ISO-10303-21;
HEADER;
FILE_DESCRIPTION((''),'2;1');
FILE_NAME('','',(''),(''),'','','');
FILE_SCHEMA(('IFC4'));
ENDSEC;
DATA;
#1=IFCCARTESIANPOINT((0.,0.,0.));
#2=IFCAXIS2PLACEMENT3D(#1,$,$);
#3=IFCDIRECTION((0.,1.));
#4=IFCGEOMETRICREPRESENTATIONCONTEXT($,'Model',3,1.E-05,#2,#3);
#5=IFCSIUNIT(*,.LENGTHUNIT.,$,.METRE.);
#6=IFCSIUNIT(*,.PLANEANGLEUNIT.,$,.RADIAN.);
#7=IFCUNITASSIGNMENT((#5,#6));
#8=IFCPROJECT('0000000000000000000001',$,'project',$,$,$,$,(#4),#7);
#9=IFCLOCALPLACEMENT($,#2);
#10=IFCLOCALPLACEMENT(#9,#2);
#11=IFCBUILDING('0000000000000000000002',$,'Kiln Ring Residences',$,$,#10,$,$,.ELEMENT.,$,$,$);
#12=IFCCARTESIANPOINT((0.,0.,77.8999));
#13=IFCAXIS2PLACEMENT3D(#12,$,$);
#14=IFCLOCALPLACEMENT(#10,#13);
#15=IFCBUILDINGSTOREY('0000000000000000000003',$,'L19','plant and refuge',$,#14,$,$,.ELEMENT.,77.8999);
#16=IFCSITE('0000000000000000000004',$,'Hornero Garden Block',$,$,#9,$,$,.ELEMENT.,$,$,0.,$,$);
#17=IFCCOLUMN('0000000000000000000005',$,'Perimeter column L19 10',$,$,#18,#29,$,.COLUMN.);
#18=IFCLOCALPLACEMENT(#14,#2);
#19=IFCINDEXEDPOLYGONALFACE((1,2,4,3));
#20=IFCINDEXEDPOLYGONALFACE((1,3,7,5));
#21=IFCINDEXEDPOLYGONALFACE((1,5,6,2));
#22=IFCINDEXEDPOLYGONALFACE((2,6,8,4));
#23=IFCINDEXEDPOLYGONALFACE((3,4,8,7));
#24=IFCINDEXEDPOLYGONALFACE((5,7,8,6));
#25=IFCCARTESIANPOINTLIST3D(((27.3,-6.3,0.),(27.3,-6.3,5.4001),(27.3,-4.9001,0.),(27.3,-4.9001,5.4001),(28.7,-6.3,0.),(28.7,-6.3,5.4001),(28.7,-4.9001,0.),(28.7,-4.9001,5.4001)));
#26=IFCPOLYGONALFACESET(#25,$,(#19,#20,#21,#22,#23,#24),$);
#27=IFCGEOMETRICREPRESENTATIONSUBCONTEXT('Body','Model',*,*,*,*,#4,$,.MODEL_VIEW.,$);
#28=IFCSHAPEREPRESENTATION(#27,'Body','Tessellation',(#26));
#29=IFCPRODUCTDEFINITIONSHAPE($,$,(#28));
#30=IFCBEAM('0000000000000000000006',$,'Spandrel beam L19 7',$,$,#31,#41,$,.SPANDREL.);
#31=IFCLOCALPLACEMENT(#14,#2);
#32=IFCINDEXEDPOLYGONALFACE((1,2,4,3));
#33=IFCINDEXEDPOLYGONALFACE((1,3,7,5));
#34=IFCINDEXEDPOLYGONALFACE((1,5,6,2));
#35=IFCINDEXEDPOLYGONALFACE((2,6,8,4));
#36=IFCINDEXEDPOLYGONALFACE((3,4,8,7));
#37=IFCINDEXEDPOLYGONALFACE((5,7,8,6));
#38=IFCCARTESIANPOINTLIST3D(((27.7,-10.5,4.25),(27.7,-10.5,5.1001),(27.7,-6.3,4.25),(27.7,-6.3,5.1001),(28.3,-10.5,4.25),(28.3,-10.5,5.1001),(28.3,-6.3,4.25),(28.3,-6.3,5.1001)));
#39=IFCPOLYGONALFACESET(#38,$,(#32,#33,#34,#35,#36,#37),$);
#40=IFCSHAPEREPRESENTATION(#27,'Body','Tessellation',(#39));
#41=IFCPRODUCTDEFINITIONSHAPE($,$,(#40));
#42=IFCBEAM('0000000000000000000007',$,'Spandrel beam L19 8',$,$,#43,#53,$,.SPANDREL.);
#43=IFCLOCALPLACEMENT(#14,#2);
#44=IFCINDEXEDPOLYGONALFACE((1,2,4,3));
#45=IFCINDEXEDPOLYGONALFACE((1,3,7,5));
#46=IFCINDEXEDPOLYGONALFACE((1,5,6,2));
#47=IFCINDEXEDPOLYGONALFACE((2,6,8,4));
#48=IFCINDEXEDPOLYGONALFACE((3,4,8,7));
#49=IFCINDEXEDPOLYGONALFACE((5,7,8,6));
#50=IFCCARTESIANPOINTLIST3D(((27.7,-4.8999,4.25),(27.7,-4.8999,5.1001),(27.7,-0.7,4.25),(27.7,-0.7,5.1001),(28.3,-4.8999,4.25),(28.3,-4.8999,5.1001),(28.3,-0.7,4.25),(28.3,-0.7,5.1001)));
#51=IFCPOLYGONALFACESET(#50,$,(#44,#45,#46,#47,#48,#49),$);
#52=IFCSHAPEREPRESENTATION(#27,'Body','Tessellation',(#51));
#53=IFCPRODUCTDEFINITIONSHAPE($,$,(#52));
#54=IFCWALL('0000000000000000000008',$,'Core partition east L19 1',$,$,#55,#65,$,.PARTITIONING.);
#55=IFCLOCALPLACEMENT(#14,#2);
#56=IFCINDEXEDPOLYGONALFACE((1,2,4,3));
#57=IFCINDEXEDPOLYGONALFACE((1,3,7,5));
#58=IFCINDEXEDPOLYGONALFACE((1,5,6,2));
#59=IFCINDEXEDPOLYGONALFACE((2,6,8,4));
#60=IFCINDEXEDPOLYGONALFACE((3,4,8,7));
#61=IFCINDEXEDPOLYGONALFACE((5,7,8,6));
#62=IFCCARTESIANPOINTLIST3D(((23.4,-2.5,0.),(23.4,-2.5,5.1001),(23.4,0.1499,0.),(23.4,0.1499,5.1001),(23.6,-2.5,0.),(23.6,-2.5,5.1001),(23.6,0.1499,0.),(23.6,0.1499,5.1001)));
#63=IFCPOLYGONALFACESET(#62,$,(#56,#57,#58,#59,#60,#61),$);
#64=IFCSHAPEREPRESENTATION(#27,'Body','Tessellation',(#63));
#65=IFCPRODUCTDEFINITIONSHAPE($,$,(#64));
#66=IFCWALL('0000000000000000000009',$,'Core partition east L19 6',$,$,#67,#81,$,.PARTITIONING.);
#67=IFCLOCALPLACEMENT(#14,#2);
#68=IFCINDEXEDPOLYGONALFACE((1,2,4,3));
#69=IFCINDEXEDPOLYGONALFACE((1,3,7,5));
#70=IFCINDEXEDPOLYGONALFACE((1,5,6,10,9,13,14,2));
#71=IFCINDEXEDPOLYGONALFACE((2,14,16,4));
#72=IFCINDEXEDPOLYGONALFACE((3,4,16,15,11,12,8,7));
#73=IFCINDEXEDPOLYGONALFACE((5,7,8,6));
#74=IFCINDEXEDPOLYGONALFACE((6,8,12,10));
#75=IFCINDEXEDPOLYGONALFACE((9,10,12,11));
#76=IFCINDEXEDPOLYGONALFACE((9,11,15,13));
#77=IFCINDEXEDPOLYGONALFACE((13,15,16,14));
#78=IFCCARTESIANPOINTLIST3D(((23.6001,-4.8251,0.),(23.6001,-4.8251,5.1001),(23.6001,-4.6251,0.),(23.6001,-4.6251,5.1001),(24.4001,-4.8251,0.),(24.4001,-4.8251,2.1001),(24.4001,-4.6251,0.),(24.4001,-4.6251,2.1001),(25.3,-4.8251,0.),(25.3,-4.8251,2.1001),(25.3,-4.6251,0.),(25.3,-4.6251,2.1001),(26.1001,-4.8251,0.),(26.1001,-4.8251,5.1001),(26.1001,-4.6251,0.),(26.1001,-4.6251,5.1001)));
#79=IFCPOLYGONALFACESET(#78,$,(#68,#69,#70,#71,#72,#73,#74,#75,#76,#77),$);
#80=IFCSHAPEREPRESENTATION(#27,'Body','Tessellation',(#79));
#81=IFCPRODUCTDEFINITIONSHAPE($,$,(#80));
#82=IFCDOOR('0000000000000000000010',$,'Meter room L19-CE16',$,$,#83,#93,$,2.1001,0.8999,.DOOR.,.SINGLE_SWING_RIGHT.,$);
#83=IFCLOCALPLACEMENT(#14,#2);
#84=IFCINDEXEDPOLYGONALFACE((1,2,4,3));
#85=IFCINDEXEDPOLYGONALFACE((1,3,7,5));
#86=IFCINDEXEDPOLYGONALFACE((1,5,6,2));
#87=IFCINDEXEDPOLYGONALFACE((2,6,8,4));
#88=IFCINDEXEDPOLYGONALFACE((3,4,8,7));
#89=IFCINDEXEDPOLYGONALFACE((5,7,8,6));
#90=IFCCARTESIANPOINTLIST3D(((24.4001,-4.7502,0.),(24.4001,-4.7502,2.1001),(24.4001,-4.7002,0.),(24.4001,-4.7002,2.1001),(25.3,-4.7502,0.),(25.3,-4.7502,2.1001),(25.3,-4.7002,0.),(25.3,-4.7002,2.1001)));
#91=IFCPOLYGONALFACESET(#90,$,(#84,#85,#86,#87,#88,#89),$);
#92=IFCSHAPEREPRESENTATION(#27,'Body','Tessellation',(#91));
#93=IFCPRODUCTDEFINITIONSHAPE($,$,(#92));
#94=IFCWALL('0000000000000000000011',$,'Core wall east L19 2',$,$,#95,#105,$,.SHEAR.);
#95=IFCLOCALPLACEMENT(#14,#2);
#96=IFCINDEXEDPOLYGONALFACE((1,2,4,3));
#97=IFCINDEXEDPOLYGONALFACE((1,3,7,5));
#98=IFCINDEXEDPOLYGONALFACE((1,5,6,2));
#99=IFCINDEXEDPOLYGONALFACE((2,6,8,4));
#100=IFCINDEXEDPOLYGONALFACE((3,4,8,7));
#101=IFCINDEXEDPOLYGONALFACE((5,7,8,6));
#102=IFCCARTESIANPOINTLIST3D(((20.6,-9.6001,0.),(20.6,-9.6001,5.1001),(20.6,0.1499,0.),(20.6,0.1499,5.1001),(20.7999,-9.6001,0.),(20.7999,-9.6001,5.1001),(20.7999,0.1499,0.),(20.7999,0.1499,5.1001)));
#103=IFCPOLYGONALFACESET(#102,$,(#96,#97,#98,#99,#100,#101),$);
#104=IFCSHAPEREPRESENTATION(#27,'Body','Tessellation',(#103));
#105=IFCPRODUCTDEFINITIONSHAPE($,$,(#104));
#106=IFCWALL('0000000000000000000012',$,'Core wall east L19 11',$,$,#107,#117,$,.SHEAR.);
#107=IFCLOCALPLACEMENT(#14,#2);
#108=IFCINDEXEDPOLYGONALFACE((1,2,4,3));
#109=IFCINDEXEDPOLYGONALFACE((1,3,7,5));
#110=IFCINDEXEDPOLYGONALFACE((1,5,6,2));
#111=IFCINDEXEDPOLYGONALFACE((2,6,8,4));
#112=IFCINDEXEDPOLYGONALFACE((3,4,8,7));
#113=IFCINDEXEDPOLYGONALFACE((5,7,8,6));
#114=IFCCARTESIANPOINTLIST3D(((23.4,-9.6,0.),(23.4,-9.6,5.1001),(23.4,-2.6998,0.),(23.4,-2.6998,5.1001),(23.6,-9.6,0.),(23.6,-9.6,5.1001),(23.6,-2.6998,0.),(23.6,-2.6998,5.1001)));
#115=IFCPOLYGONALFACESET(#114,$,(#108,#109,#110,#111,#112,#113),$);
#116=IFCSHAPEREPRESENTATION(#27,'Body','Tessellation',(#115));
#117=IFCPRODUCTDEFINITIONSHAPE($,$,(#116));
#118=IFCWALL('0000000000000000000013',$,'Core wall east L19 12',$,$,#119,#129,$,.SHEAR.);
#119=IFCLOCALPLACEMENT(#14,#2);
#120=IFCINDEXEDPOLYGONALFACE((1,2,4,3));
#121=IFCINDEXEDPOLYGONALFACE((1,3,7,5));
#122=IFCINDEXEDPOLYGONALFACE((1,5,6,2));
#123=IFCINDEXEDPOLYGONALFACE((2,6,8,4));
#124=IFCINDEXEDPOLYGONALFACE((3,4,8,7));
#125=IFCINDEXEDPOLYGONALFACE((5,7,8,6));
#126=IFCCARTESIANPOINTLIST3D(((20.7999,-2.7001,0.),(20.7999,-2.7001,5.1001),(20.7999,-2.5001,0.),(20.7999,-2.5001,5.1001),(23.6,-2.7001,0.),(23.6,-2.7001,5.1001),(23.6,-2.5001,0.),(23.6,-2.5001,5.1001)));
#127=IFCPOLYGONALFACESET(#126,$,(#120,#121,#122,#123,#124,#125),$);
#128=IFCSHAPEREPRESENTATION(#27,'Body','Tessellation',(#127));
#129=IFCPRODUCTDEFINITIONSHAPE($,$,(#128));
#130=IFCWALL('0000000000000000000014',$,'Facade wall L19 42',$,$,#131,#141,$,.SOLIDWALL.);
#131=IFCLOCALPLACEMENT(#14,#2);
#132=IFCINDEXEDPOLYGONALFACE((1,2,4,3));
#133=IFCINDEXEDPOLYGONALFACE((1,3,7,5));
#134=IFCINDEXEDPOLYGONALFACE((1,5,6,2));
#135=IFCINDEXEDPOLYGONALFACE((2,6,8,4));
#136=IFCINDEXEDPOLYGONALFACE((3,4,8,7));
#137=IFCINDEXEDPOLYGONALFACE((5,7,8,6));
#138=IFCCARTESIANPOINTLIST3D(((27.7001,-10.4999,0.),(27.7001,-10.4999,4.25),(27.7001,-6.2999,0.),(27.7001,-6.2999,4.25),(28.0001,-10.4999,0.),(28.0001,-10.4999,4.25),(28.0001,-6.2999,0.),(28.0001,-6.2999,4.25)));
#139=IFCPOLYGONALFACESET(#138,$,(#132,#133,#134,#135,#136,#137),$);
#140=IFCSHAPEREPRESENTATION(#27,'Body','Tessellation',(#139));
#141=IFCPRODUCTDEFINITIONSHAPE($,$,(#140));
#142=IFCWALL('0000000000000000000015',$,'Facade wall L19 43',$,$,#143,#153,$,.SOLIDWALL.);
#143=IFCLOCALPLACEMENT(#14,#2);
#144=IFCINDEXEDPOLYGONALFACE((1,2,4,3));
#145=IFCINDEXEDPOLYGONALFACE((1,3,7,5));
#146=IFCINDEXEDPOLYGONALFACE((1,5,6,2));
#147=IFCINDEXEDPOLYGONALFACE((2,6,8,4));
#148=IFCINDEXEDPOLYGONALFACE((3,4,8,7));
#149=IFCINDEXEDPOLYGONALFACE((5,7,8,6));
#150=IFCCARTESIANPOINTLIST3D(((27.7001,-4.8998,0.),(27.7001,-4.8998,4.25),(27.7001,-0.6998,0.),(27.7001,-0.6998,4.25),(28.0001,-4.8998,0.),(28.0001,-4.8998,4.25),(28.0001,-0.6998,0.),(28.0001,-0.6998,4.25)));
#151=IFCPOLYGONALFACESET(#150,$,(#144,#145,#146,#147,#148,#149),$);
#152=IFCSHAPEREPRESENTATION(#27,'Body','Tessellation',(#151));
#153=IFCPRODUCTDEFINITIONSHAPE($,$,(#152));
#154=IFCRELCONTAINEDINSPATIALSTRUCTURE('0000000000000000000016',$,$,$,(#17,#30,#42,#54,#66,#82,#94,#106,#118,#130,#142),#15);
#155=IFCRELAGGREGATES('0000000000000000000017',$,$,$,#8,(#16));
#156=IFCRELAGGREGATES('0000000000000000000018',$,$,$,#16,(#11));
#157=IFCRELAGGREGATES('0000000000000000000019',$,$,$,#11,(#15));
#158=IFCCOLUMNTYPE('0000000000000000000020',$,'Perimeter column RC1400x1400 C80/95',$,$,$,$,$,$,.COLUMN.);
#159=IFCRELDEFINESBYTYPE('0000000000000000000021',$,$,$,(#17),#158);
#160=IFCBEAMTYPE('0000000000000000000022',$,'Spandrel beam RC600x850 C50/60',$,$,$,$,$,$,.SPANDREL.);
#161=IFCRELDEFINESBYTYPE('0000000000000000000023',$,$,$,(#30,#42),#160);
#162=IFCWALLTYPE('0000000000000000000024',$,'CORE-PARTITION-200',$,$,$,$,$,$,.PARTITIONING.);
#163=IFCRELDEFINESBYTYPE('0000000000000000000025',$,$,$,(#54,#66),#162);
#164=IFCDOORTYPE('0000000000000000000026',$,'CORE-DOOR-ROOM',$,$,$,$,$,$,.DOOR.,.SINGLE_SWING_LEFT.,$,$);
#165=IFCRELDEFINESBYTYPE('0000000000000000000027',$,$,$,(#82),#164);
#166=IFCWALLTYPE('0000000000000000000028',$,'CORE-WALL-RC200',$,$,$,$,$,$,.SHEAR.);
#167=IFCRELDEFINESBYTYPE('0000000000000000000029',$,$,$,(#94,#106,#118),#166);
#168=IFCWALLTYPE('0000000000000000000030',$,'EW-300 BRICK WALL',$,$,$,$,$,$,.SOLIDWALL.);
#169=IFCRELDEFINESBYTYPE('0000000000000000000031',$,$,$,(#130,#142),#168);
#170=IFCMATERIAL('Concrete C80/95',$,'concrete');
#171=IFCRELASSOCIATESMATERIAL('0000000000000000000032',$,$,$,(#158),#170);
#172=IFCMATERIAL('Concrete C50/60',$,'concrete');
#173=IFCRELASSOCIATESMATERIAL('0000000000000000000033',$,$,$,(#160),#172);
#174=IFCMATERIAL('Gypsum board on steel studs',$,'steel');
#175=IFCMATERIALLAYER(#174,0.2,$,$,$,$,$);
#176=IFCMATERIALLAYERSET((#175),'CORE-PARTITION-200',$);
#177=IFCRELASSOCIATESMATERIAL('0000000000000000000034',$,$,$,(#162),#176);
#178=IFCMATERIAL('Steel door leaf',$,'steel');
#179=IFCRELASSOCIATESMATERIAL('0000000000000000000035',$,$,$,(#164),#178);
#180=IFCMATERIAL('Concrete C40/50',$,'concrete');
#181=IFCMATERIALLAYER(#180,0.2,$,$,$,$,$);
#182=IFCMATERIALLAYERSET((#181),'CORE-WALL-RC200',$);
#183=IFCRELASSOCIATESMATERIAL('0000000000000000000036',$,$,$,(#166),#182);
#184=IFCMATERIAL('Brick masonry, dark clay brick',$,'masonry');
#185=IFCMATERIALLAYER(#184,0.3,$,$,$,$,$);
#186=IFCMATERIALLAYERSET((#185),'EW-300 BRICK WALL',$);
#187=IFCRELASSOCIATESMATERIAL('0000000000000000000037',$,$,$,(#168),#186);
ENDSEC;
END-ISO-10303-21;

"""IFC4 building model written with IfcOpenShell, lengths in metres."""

from ifc_helpers import new_model, si_unit, direction, frame, frame_2d, origin, origin_2d, place, context, subcontext, project, spatial, rectangle, extrude, material, layer, layer_set, material_profile, profile_set, type_object, element, fill, save


model = new_model("IFC4")

# Units and contexts
model_context = context("Model", 3, precision=1e-05, world=origin(), true_north=direction((0.0, 1.0)))
body_context = subcontext(model_context, "Body", "Model", "MODEL_VIEW")
ifc_project = project(units=[si_unit("LENGTHUNIT", "METRE"), si_unit("PLANEANGLEUNIT", "RADIAN")], contexts=[model_context])

# Site, building, storey
site_placement = place(None, origin())
site = spatial("IfcSite", under=ifc_project, at=site_placement, Name="Hornero Garden Block", CompositionType="ELEMENT", RefElevation=0.0)
building_placement = place(site_placement, origin())
building = spatial("IfcBuilding", under=site, at=building_placement, Name="Kiln Ring Residences", CompositionType="ELEMENT")
storey_placement = place(building_placement, frame((0.0, 0.0, 77.8999)))
storey = spatial("IfcBuildingStorey", under=building, at=storey_placement, Name="L19", Description="plant and refuge", CompositionType="ELEMENT", Elevation=77.8999)

# Column
ifc_material_1 = material(Name="Concrete C80/95", Category="concrete")
ifc_material_profile_1 = material_profile(ifc_material_1, rectangle(XDim=1.3999, YDim=1.3999, at=origin_2d()), Name="RC1400x1400")
ifc_profile_set_1 = profile_set([ifc_material_profile_1], Name="Concrete C80/95")
column_type = type_object("IfcColumnType", Name="Perimeter column RC1400x1400 C80/95", PredefinedType="COLUMN", material=ifc_profile_set_1)
column_placement = place(storey_placement, frame((28.0, -5.6001, 0.0), z_axis=(0.0, 0.0, 1.0), x_axis=(1.0, 0.0, 0.0)))
element("IfcColumn", 1, at=column_placement, inside=storey, type_object=column_type, Name="Perimeter column L19 10", PredefinedType="COLUMN", context=body_context, shape_type="SweptSolid", body=[
    extrude(rectangle(XDim=1.3999, YDim=1.3999, at=origin_2d()), origin(), (0.0, 0.0, 1.0), 5.4001),
])

# Beams
ifc_material_2 = material(Name="Concrete C50/60", Category="concrete")
ifc_material_profile_2 = material_profile(ifc_material_2, rectangle(XDim=0.6001, YDim=0.8501, at=origin_2d()), Name="RC600x850")
ifc_profile_set_2 = profile_set([ifc_material_profile_2], Name="Concrete C50/60")
beam_type = type_object("IfcBeamType", Name="Spandrel beam RC600x850 C50/60", PredefinedType="SPANDREL", material=ifc_profile_set_2)
for number, where, z_axis, x_axis, name in (
    (2, (28.0, -10.5, 4.675), (0.0, 1.0, 0.0), (-1.0, 0.0, 0.0), "Spandrel beam L19 7"),
    (3, (28.0, -4.8999, 4.675), (0.0, 1.0, 0.0), (-1.0, 0.0, 0.0), "Spandrel beam L19 8"),
):
    element("IfcBeam", number, at=place(storey_placement, frame(where, z_axis=z_axis, x_axis=x_axis)), inside=storey, type_object=beam_type, Name=name, PredefinedType="SPANDREL", context=body_context, shape_type="SweptSolid", body=[
        extrude(rectangle(XDim=0.6001, YDim=0.8501, at=origin_2d()), origin(), (0.0, 0.0, 1.0), 4.2),
    ])

# Wall
ifc_material_3 = material(Name="Gypsum board on steel studs", Category="steel")
ifc_layer_1 = layer(ifc_material_3, 0.2)
ifc_layer_set_1 = layer_set([ifc_layer_1], Name="CORE-PARTITION-200")
wall_type_1 = type_object("IfcWallType", Name="CORE-PARTITION-200", PredefinedType="PARTITIONING", material=ifc_layer_set_1)
wall_1_placement = place(storey_placement, frame((23.5, -2.5, 0.0), z_axis=(0.0, 0.0, 1.0), x_axis=(0.0, 1.0, 0.0)))
element("IfcWall", 4, at=wall_1_placement, inside=storey, type_object=wall_type_1, Name="Core partition east L19 1", PredefinedType="PARTITIONING", context=body_context, shape_type="SweptSolid", body=[
    extrude(rectangle(XDim=2.6499, YDim=0.2, at=frame_2d((1.325, 0.0))), origin(), (0.0, 0.0, 1.0), 5.1001),
])

# Wall, opening, door
wall_2_placement = place(storey_placement, frame((23.6001, -4.7251, 0.0), z_axis=(0.0, 0.0, 1.0), x_axis=(1.0, 0.0, 0.0)))
wall_2 = element("IfcWall", 5, at=wall_2_placement, inside=storey, type_object=wall_type_1, Name="Core partition east L19 6", PredefinedType="PARTITIONING", context=body_context, shape_type="SweptSolid", body=[
    extrude(rectangle(XDim=2.5, YDim=0.2, at=frame_2d((1.25, 0.0))), origin(), (0.0, 0.0, 1.0), 5.1001),
])
opening_placement = place(wall_2_placement, frame((0.8, 0.0, 0.0)))
opening = element("IfcOpeningElement", 6, at=opening_placement, cuts=wall_2, PredefinedType="OPENING", context=body_context, shape_type="SweptSolid", body=[
    extrude(rectangle(XDim=0.8999, YDim=2.1001, at=frame_2d((0.45, 1.05))), frame((0.0, 0.1099, 0.0), z_axis=(0.0, -1.0, 0.0), x_axis=(1.0, 0.0, 0.0)), (0.0, 0.0, 1.0), 0.22),
])
ifc_material_4 = material(Name="Steel door leaf", Category="steel")
door_type = type_object("IfcDoorType", Name="CORE-DOOR-ROOM", OperationType="SINGLE_SWING_LEFT", PredefinedType="DOOR", material=ifc_material_4)
door_placement = place(opening_placement, origin())
door = element("IfcDoor", 7, at=door_placement, inside=storey, type_object=door_type, Name="Meter room L19-CE16", OperationType="SINGLE_SWING_RIGHT", OverallHeight=2.1001, OverallWidth=0.8999, PredefinedType="DOOR", context=body_context, shape_type="SweptSolid", body=[
    extrude(rectangle(XDim=0.8999, YDim=2.1001, at=frame_2d((0.45, 1.05))), frame((0.0, 0.0249, 0.0), z_axis=(0.0, -1.0, 0.0), x_axis=(1.0, 0.0, 0.0)), (0.0, 0.0, 1.0), 0.05),
])
fill(opening, door)

# Walls
ifc_material_5 = material(Name="Concrete C40/50", Category="concrete")
ifc_layer_2 = layer(ifc_material_5, 0.2)
ifc_layer_set_2 = layer_set([ifc_layer_2], Name="CORE-WALL-RC200")
wall_type_2 = type_object("IfcWallType", Name="CORE-WALL-RC200", PredefinedType="SHEAR", material=ifc_layer_set_2)
wall_3_placement = place(storey_placement, frame((20.7, -9.6001, 0.0), z_axis=(0.0, 0.0, 1.0), x_axis=(0.0, 1.0, 0.0)))
element("IfcWall", 8, at=wall_3_placement, inside=storey, type_object=wall_type_2, Name="Core wall east L19 2", PredefinedType="SHEAR", context=body_context, shape_type="SweptSolid", body=[
    extrude(rectangle(XDim=9.75, YDim=0.2, at=frame_2d((4.875, 0.0))), origin(), (0.0, 0.0, 1.0), 5.1001),
])
wall_4_placement = place(storey_placement, frame((23.5, -9.6001, 0.0), z_axis=(0.0, 0.0, 1.0), x_axis=(0.0, 1.0, 0.0)))
element("IfcWall", 9, at=wall_4_placement, inside=storey, type_object=wall_type_2, Name="Core wall east L19 11", PredefinedType="SHEAR", context=body_context, shape_type="SweptSolid", body=[
    extrude(rectangle(XDim=6.9001, YDim=0.2, at=frame_2d((3.4502, 0.0))), origin(), (0.0, 0.0, 1.0), 5.1001),
])
wall_5_placement = place(storey_placement, frame((20.8, -2.6001, 0.0), z_axis=(0.0, 0.0, 1.0), x_axis=(1.0, 0.0, 0.0)))
element("IfcWall", 10, at=wall_5_placement, inside=storey, type_object=wall_type_2, Name="Core wall east L19 12", PredefinedType="SHEAR", context=body_context, shape_type="SweptSolid", body=[
    extrude(rectangle(XDim=2.8, YDim=0.2, at=frame_2d((1.3999, 0.0))), origin(), (0.0, 0.0, 1.0), 5.1001),
])
ifc_material_6 = material(Name="Brick masonry, dark clay brick", Category="masonry")
ifc_layer_3 = layer(ifc_material_6, 0.3)
ifc_layer_set_3 = layer_set([ifc_layer_3], Name="EW-300 BRICK WALL")
wall_type_3 = type_object("IfcWallType", Name="EW-300 BRICK WALL", PredefinedType="SOLIDWALL", material=ifc_layer_set_3)
for number, where, z_axis, x_axis, name in (
    (11, (27.8501, -10.5, 0.0), (0.0, 0.0, 1.0), (0.0, 1.0, 0.0), "Facade wall L19 42"),
    (12, (27.8501, -4.8999, 0.0), (0.0, 0.0, 1.0), (0.0, 1.0, 0.0), "Facade wall L19 43"),
):
    element("IfcWall", number, at=place(storey_placement, frame(where, z_axis=z_axis, x_axis=x_axis)), inside=storey, type_object=wall_type_3, Name=name, PredefinedType="SOLIDWALL", context=body_context, shape_type="SweptSolid", body=[
        extrude(rectangle(XDim=4.2, YDim=0.3, at=frame_2d((2.1001, 0.0))), origin(), (0.0, 0.0, 1.0), 4.25),
    ])

save(model, "model.ifc")
